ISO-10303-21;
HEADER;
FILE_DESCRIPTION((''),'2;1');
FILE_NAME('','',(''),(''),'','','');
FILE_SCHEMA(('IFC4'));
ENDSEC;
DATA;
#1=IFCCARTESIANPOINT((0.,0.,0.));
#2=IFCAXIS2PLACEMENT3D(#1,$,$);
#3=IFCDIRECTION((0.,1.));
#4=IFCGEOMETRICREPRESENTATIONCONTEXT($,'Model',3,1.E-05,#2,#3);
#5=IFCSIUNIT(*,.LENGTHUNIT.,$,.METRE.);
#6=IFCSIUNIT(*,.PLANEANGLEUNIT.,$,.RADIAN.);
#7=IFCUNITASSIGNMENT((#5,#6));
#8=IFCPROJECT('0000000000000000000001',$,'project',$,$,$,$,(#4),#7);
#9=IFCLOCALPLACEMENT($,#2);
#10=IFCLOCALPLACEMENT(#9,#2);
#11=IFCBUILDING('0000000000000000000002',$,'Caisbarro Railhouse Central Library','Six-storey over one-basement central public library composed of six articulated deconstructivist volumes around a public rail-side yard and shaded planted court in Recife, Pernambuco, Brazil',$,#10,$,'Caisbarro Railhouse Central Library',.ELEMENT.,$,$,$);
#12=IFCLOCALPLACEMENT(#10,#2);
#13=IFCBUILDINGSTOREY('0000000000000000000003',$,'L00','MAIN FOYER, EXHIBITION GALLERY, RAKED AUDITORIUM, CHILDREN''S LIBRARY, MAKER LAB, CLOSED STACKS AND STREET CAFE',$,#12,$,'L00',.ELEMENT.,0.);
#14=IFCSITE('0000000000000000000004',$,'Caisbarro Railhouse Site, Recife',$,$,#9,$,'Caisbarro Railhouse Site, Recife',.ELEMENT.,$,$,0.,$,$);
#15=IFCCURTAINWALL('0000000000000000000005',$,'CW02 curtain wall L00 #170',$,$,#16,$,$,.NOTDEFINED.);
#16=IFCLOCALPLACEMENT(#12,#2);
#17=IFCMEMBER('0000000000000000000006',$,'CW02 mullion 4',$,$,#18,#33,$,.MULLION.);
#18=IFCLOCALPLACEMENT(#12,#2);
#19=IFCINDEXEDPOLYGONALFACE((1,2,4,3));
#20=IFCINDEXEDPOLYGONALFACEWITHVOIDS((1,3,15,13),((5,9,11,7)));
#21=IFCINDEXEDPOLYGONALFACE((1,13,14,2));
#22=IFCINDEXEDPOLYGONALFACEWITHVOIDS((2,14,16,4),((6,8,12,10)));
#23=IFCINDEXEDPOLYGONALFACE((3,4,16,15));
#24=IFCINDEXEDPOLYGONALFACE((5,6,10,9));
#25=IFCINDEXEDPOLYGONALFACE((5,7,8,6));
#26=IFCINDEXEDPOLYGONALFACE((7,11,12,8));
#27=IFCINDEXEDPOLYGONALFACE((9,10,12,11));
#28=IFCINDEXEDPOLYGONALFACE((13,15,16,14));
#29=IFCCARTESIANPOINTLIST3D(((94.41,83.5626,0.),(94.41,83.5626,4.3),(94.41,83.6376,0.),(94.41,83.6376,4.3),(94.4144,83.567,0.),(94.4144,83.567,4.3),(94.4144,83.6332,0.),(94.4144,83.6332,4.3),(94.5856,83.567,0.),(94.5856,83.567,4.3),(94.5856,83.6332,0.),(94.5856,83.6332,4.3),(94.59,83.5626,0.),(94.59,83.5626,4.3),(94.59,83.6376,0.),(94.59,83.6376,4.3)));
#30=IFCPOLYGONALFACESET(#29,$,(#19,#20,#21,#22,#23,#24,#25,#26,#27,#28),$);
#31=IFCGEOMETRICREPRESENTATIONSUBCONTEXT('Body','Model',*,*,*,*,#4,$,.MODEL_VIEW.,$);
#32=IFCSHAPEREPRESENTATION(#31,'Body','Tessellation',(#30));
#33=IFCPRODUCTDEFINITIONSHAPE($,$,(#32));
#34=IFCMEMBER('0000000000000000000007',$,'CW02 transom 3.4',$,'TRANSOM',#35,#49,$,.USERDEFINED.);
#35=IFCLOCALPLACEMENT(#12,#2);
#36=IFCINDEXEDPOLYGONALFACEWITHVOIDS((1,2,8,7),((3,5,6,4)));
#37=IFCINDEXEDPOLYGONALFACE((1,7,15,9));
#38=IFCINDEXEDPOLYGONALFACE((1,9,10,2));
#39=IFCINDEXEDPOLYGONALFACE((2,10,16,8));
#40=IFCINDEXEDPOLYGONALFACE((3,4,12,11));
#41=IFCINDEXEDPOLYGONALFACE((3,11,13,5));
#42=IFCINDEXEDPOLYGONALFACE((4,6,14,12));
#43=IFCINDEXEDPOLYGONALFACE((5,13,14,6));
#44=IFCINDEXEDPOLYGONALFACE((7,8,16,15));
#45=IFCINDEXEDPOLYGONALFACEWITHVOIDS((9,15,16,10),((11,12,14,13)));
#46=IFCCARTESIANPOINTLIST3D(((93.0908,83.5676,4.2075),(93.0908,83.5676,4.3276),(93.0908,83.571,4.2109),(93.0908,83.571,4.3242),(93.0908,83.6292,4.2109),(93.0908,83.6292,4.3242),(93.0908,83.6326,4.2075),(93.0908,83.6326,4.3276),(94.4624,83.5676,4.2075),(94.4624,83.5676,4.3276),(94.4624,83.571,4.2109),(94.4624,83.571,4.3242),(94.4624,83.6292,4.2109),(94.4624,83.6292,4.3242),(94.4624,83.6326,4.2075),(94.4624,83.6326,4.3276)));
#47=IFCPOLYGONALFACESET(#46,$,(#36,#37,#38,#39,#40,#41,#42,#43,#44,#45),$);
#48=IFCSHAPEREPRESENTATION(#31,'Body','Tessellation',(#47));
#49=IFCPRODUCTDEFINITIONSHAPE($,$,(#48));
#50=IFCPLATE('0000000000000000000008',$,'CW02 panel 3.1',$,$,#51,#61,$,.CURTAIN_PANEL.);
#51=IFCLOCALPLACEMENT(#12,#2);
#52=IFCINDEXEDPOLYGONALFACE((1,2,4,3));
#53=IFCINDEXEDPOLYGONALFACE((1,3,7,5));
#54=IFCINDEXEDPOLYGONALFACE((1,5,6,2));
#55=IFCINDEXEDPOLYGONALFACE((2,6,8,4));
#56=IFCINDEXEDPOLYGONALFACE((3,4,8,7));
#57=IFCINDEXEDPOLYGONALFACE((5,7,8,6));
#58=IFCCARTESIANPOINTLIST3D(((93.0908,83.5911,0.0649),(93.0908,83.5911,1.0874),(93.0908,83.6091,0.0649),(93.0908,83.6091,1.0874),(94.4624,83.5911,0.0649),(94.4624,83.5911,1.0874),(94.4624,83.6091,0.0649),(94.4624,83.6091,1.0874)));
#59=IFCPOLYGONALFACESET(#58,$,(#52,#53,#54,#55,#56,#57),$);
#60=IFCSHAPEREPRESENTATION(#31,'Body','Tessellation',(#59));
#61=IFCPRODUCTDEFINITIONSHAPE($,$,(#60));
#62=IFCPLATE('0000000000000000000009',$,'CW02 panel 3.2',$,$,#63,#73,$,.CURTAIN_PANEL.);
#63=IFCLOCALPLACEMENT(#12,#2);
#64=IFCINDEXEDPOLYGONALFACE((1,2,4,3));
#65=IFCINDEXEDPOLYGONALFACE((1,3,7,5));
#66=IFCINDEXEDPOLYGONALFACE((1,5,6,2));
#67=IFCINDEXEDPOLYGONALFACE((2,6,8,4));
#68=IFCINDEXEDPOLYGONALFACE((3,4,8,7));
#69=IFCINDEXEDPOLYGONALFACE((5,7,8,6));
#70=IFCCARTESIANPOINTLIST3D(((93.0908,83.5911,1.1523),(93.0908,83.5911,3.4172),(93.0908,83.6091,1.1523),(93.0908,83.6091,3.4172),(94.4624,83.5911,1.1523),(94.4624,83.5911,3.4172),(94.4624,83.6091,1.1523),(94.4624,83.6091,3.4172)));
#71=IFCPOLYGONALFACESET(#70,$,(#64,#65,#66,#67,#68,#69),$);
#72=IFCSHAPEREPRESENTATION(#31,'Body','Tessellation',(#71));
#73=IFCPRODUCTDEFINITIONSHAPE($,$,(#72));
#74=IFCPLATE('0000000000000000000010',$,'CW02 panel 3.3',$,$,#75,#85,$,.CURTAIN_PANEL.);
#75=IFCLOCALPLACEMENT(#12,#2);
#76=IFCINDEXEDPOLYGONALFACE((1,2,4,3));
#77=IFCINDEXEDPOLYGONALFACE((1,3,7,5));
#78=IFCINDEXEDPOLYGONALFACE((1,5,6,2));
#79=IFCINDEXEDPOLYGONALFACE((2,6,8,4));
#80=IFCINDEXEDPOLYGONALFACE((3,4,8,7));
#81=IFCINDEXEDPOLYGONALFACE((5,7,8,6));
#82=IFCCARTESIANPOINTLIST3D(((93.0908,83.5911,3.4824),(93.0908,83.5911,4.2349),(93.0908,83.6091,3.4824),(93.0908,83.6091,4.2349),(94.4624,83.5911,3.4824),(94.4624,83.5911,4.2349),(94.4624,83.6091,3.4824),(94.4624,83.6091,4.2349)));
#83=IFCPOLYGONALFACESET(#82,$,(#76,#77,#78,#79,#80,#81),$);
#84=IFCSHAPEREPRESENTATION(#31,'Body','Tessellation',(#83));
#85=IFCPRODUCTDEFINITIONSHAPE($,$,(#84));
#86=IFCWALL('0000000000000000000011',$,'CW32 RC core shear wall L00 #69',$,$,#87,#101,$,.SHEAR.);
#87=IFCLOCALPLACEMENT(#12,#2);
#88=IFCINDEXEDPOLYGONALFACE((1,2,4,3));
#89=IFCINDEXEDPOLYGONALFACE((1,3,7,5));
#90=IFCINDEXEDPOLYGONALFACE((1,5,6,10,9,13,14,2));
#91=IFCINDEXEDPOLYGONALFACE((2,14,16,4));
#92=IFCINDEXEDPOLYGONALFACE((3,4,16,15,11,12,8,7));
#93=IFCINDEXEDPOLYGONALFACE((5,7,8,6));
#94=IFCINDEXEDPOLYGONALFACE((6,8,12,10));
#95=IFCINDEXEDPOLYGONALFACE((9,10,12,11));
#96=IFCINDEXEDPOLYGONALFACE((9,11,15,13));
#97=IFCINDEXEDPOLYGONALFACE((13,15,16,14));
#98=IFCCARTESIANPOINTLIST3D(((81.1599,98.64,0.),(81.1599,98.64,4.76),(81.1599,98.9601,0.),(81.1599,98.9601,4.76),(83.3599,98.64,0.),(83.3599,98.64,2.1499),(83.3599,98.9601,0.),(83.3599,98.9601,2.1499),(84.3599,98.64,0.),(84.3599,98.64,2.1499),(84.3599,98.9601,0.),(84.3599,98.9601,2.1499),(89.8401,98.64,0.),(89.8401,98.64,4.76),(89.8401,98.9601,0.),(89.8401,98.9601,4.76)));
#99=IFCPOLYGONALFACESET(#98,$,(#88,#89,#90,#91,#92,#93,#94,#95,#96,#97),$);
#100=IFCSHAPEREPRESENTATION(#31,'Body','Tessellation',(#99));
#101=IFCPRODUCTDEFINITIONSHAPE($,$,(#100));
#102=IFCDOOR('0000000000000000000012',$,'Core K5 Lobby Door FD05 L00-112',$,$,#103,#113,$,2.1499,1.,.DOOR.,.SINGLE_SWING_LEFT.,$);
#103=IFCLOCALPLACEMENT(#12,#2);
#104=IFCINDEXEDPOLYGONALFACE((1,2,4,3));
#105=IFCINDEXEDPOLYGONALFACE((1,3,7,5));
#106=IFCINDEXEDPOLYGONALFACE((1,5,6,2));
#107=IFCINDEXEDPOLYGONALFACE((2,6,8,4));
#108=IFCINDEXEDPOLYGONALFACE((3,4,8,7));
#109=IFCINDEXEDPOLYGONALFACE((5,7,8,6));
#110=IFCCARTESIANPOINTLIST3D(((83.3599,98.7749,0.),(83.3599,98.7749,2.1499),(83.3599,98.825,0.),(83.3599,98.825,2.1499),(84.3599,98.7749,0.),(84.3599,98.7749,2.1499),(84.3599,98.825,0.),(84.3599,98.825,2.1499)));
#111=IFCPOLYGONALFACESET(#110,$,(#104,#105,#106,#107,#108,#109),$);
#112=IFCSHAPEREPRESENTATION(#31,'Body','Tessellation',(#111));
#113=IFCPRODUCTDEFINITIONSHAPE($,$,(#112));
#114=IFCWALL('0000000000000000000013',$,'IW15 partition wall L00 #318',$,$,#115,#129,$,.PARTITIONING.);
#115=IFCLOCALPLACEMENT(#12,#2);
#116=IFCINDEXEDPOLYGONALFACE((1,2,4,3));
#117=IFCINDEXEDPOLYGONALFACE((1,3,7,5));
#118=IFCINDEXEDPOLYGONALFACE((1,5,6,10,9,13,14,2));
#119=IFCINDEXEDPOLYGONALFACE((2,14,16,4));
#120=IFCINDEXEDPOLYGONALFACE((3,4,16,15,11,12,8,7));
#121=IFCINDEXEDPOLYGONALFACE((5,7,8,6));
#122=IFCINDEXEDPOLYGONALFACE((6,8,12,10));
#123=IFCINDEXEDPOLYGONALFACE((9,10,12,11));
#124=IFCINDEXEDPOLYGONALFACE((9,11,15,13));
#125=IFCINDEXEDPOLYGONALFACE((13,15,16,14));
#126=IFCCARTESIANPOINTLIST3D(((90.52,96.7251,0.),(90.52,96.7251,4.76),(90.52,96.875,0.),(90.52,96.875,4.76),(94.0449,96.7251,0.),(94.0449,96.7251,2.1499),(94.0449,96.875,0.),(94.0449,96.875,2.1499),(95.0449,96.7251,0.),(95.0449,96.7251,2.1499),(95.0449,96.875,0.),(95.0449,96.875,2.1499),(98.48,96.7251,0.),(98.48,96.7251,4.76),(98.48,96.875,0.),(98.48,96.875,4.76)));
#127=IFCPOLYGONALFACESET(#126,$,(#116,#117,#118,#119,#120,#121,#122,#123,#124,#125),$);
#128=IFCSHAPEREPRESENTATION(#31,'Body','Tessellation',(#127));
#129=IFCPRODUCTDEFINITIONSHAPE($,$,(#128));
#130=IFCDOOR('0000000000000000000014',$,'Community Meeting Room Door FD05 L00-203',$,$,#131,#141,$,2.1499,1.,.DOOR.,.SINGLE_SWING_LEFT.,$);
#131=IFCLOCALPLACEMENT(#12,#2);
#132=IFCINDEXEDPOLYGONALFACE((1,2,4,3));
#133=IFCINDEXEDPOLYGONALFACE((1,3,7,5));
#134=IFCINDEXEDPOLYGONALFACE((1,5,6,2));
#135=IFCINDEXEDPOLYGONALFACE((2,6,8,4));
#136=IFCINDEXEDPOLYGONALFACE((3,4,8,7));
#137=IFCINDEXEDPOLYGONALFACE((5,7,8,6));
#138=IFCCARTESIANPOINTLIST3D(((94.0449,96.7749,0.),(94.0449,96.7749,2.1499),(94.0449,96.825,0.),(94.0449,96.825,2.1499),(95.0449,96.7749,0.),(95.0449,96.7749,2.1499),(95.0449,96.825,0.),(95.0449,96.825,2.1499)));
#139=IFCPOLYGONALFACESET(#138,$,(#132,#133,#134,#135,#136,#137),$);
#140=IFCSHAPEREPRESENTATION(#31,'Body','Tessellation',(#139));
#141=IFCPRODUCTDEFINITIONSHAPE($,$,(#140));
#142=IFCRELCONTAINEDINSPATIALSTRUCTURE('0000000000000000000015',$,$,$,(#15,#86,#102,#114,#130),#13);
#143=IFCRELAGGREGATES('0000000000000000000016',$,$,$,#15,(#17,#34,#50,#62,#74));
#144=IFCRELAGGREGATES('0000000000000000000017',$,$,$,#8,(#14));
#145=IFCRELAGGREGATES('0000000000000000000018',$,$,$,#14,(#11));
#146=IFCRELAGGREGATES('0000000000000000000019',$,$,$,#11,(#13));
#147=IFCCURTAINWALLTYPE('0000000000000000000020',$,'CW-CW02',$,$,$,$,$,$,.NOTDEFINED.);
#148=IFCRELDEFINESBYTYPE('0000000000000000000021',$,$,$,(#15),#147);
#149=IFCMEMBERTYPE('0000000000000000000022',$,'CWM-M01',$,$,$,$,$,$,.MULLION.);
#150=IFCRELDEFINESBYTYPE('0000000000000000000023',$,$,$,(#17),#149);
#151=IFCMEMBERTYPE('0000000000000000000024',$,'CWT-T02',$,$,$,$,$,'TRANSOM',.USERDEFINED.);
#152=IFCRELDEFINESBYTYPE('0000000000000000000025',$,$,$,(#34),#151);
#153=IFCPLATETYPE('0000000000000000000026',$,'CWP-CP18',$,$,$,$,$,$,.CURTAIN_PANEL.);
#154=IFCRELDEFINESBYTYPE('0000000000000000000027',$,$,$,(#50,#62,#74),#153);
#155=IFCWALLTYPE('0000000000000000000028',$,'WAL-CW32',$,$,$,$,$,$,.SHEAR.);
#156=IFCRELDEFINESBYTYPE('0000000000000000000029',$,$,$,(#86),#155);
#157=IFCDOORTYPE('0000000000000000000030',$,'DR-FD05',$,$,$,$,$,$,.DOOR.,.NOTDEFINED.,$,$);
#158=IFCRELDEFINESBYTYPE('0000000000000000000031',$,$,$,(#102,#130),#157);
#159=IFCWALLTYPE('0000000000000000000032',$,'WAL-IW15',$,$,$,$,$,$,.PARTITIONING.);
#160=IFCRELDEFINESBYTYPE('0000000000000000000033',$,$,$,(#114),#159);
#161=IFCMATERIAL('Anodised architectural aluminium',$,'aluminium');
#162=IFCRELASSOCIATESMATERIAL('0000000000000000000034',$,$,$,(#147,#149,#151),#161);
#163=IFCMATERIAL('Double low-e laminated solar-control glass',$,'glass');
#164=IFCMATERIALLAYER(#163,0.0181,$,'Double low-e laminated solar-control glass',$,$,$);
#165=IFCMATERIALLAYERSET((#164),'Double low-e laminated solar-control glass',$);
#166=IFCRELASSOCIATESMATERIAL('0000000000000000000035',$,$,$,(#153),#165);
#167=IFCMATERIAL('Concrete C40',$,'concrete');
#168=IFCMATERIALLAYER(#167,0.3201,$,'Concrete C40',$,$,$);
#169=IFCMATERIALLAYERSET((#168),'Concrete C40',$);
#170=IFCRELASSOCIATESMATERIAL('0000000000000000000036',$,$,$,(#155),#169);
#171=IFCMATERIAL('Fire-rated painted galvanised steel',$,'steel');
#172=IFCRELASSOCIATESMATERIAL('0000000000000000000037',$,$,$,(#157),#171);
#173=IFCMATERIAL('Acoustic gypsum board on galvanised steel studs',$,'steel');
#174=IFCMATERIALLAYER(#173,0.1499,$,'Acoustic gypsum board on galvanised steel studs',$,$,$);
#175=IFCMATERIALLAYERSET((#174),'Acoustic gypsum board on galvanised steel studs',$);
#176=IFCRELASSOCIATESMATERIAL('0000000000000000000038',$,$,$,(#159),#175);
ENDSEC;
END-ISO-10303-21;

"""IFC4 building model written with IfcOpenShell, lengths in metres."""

from ifc_helpers import new_model, si_unit, direction, frame, frame_2d, origin, origin_2d, place, context, subcontext, project, spatial, rectangle, hollow_rectangle, extrude, material, layer, layer_set, material_profile, profile_set, type_object, element, fill, aggregate, save


model = new_model("IFC4")

# Units and contexts
model_context = context("Model", 3, precision=1e-05, world=origin(), true_north=direction((0.0, 1.0)))
body_context = subcontext(model_context, "Body", "Model", "MODEL_VIEW")
ifc_project = project(units=[si_unit("LENGTHUNIT", "METRE"), si_unit("PLANEANGLEUNIT", "RADIAN")], contexts=[model_context])

# Site, building, storey
site_placement = place(None, origin())
site = spatial("IfcSite", under=ifc_project, at=site_placement, Name="Caisbarro Railhouse Site, Recife", LongName="Caisbarro Railhouse Site, Recife", CompositionType="ELEMENT", RefElevation=0.0)
building_placement = place(site_placement, origin())
building = spatial("IfcBuilding", under=site, at=building_placement, Name="Caisbarro Railhouse Central Library", Description="Six-storey over one-basement central public library composed of six articulated deconstructivist volumes around a public rail-side yard and shaded planted court in Recife, Pernambuco, Brazil", LongName="Caisbarro Railhouse Central Library", CompositionType="ELEMENT")
storey_placement = place(building_placement, origin())
storey = spatial("IfcBuildingStorey", under=building, at=storey_placement, Name="L00", Description="MAIN FOYER, EXHIBITION GALLERY, RAKED AUDITORIUM, CHILDREN'S LIBRARY, MAKER LAB, CLOSED STACKS AND STREET CAFE", LongName="L00", CompositionType="ELEMENT", Elevation=0.0)

# Shared definitions
ifc_material_1 = material(Name="Concrete C40", Category="concrete")

# Curtain wall, members, plates
ifc_material_2 = material(Name="Anodised architectural aluminium", Category="aluminium")
curtain_wall_type = type_object("IfcCurtainWallType", Name="CW-CW02", PredefinedType="NOTDEFINED", material=ifc_material_2)
curtain_wall_placement = place(storey_placement, origin())
curtain_wall = element("IfcCurtainWall", 1, at=curtain_wall_placement, inside=storey, type_object=curtain_wall_type, Name="CW02 curtain wall L00 #170", PredefinedType="NOTDEFINED")
ifc_material_profile_1 = material_profile(ifc_material_2, hollow_rectangle(XDim=0.075, YDim=0.1799, WallThickness=0.0044, at=origin_2d()), Name="ALU-MUL-75X180")
ifc_profile_set_1 = profile_set([ifc_material_profile_1], Name="Anodised architectural aluminium")
member_type_1 = type_object("IfcMemberType", Name="CWM-M01", PredefinedType="MULLION", material=ifc_profile_set_1)
member_1_placement = place(storey_placement, frame((94.5, 83.6001, 0.0), z_axis=(0.0, 0.0, 1.0), x_axis=(0.0, 1.0, 0.0)))
member_1 = element("IfcMember", 2, at=member_1_placement, type_object=member_type_1, Name="CW02 mullion 4", PredefinedType="MULLION", context=body_context, shape_type="SweptSolid", body=[
    extrude(hollow_rectangle(XDim=0.075, YDim=0.1799, WallThickness=0.0044, at=origin_2d()), origin(), (0.0, 0.0, 1.0), 4.3),
])
ifc_material_profile_2 = material_profile(ifc_material_2, hollow_rectangle(XDim=0.0649, YDim=0.1201, WallThickness=0.0034, at=origin_2d()), Name="ALU-TRN-65X120")
ifc_profile_set_2 = profile_set([ifc_material_profile_2], Name="Anodised architectural aluminium")
member_type_2 = type_object("IfcMemberType", Name="CWT-T02", ElementType="TRANSOM", PredefinedType="USERDEFINED", material=ifc_profile_set_2)
member_2_placement = place(storey_placement, frame((93.0908, 83.6001, 4.2676), z_axis=(1.0, 0.0, 0.0), x_axis=(0.0, 1.0, 0.0)))
member_2 = element("IfcMember", 3, at=member_2_placement, type_object=member_type_2, Name="CW02 transom 3.4", ObjectType="TRANSOM", PredefinedType="USERDEFINED", context=body_context, shape_type="SweptSolid", body=[
    extrude(hollow_rectangle(XDim=0.0649, YDim=0.1201, WallThickness=0.0034, at=origin_2d()), origin(), (0.0, 0.0, 1.0), 1.3716),
])
ifc_material_3 = material(Name="Double low-e laminated solar-control glass", Category="glass")
ifc_layer_1 = layer(ifc_material_3, 0.0181, Name="Double low-e laminated solar-control glass")
ifc_layer_set_1 = layer_set([ifc_layer_1], Name="Double low-e laminated solar-control glass")
plate_type = type_object("IfcPlateType", Name="CWP-CP18", PredefinedType="CURTAIN_PANEL", material=ifc_layer_set_1)
plate_1_placement = place(storey_placement, frame((93.7766, 83.6001, 0.0649), z_axis=(0.0, 0.0, 1.0), x_axis=(1.0, 0.0, 0.0)))
plate_1 = element("IfcPlate", 4, at=plate_1_placement, type_object=plate_type, Name="CW02 panel 3.1", PredefinedType="CURTAIN_PANEL", context=body_context, shape_type="SweptSolid", body=[
    extrude(rectangle(XDim=1.3716, YDim=0.0181, at=origin_2d()), origin(), (0.0, 0.0, 1.0), 1.0225),
])
plate_2_placement = place(storey_placement, frame((93.7766, 83.6001, 1.1523), z_axis=(0.0, 0.0, 1.0), x_axis=(1.0, 0.0, 0.0)))
plate_2 = element("IfcPlate", 5, at=plate_2_placement, type_object=plate_type, Name="CW02 panel 3.2", PredefinedType="CURTAIN_PANEL", context=body_context, shape_type="SweptSolid", body=[
    extrude(rectangle(XDim=1.3716, YDim=0.0181, at=origin_2d()), origin(), (0.0, 0.0, 1.0), 2.2649),
])
plate_3_placement = place(storey_placement, frame((93.7766, 83.6001, 3.4824), z_axis=(0.0, 0.0, 1.0), x_axis=(1.0, 0.0, 0.0)))
plate_3 = element("IfcPlate", 6, at=plate_3_placement, type_object=plate_type, Name="CW02 panel 3.3", PredefinedType="CURTAIN_PANEL", context=body_context, shape_type="SweptSolid", body=[
    extrude(rectangle(XDim=1.3716, YDim=0.0181, at=origin_2d()), origin(), (0.0, 0.0, 1.0), 0.7524),
])
aggregate(curtain_wall, [member_1, member_2, plate_1, plate_2, plate_3])

# Walls, openings, doors
ifc_layer_2 = layer(ifc_material_1, 0.3201, Name="Concrete C40")
ifc_layer_set_2 = layer_set([ifc_layer_2], Name="Concrete C40")
wall_type_1 = type_object("IfcWallType", Name="WAL-CW32", PredefinedType="SHEAR", material=ifc_layer_set_2)
wall_1_placement = place(storey_placement, frame((81.1599, 98.8, 0.0), z_axis=(0.0, 0.0, 1.0), x_axis=(1.0, 0.0, 0.0)))
wall_1 = element("IfcWall", 7, at=wall_1_placement, inside=storey, type_object=wall_type_1, Name="CW32 RC core shear wall L00 #69", PredefinedType="SHEAR", context=body_context, shape_type="SweptSolid", body=[
    extrude(rectangle(XDim=8.6802, YDim=0.3201, at=frame_2d((4.3401, 0.0))), origin(), (0.0, 0.0, 1.0), 4.76),
])
opening_1_placement = place(wall_1_placement, frame((2.2, 0.0, 0.0)))
opening_1 = element("IfcOpeningElement", 8, at=opening_1_placement, cuts=wall_1, PredefinedType="OPENING", context=body_context, shape_type="SweptSolid", body=[
    extrude(rectangle(XDim=1.0, YDim=2.1499, at=frame_2d((0.5, 1.075))), frame((0.0, 0.1699, 0.0), z_axis=(0.0, -1.0, 0.0), x_axis=(1.0, 0.0, 0.0)), (0.0, 0.0, 1.0), 0.3401),
])
ifc_material_4 = material(Name="Fire-rated painted galvanised steel", Category="steel")
door_type = type_object("IfcDoorType", Name="DR-FD05", OperationType="NOTDEFINED", PredefinedType="DOOR", material=ifc_material_4)
door_1_placement = place(opening_1_placement, origin())
door_1 = element("IfcDoor", 9, at=door_1_placement, inside=storey, type_object=door_type, Name="Core K5 Lobby Door FD05 L00-112", OperationType="SINGLE_SWING_LEFT", OverallHeight=2.1499, OverallWidth=1.0, PredefinedType="DOOR", context=body_context, shape_type="SweptSolid", body=[
    extrude(rectangle(XDim=1.0, YDim=2.1499, at=frame_2d((0.5, 1.075))), frame((0.0, 0.0249, 0.0), z_axis=(0.0, -1.0, 0.0), x_axis=(1.0, 0.0, 0.0)), (0.0, 0.0, 1.0), 0.05),
])
fill(opening_1, door_1)
ifc_material_5 = material(Name="Acoustic gypsum board on galvanised steel studs", Category="steel")
ifc_layer_3 = layer(ifc_material_5, 0.1499, Name="Acoustic gypsum board on galvanised steel studs")
ifc_layer_set_3 = layer_set([ifc_layer_3], Name="Acoustic gypsum board on galvanised steel studs")
wall_type_2 = type_object("IfcWallType", Name="WAL-IW15", PredefinedType="PARTITIONING", material=ifc_layer_set_3)
wall_2_placement = place(storey_placement, frame((90.52, 96.8, 0.0), z_axis=(0.0, 0.0, 1.0), x_axis=(1.0, 0.0, 0.0)))
wall_2 = element("IfcWall", 10, at=wall_2_placement, inside=storey, type_object=wall_type_2, Name="IW15 partition wall L00 #318", PredefinedType="PARTITIONING", context=body_context, shape_type="SweptSolid", body=[
    extrude(rectangle(XDim=7.96, YDim=0.1499, at=frame_2d((3.98, 0.0))), origin(), (0.0, 0.0, 1.0), 4.76),
])
opening_2_placement = place(wall_2_placement, frame((3.5249, 0.0, 0.0)))
opening_2 = element("IfcOpeningElement", 11, at=opening_2_placement, cuts=wall_2, PredefinedType="OPENING", context=body_context, shape_type="SweptSolid", body=[
    extrude(rectangle(XDim=1.0, YDim=2.1499, at=frame_2d((0.5, 1.075))), frame((0.0, 0.085, 0.0), z_axis=(0.0, -1.0, 0.0), x_axis=(1.0, 0.0, 0.0)), (0.0, 0.0, 1.0), 0.1699),
])
door_2_placement = place(opening_2_placement, origin())
door_2 = element("IfcDoor", 12, at=door_2_placement, inside=storey, type_object=door_type, Name="Community Meeting Room Door FD05 L00-203", OperationType="SINGLE_SWING_LEFT", OverallHeight=2.1499, OverallWidth=1.0, PredefinedType="DOOR", context=body_context, shape_type="SweptSolid", body=[
    extrude(rectangle(XDim=1.0, YDim=2.1499, at=frame_2d((0.5, 1.075))), frame((0.0, 0.0249, 0.0), z_axis=(0.0, -1.0, 0.0), x_axis=(1.0, 0.0, 0.0)), (0.0, 0.0, 1.0), 0.05),
])
fill(opening_2, door_2)

save(model, "model.ifc")
